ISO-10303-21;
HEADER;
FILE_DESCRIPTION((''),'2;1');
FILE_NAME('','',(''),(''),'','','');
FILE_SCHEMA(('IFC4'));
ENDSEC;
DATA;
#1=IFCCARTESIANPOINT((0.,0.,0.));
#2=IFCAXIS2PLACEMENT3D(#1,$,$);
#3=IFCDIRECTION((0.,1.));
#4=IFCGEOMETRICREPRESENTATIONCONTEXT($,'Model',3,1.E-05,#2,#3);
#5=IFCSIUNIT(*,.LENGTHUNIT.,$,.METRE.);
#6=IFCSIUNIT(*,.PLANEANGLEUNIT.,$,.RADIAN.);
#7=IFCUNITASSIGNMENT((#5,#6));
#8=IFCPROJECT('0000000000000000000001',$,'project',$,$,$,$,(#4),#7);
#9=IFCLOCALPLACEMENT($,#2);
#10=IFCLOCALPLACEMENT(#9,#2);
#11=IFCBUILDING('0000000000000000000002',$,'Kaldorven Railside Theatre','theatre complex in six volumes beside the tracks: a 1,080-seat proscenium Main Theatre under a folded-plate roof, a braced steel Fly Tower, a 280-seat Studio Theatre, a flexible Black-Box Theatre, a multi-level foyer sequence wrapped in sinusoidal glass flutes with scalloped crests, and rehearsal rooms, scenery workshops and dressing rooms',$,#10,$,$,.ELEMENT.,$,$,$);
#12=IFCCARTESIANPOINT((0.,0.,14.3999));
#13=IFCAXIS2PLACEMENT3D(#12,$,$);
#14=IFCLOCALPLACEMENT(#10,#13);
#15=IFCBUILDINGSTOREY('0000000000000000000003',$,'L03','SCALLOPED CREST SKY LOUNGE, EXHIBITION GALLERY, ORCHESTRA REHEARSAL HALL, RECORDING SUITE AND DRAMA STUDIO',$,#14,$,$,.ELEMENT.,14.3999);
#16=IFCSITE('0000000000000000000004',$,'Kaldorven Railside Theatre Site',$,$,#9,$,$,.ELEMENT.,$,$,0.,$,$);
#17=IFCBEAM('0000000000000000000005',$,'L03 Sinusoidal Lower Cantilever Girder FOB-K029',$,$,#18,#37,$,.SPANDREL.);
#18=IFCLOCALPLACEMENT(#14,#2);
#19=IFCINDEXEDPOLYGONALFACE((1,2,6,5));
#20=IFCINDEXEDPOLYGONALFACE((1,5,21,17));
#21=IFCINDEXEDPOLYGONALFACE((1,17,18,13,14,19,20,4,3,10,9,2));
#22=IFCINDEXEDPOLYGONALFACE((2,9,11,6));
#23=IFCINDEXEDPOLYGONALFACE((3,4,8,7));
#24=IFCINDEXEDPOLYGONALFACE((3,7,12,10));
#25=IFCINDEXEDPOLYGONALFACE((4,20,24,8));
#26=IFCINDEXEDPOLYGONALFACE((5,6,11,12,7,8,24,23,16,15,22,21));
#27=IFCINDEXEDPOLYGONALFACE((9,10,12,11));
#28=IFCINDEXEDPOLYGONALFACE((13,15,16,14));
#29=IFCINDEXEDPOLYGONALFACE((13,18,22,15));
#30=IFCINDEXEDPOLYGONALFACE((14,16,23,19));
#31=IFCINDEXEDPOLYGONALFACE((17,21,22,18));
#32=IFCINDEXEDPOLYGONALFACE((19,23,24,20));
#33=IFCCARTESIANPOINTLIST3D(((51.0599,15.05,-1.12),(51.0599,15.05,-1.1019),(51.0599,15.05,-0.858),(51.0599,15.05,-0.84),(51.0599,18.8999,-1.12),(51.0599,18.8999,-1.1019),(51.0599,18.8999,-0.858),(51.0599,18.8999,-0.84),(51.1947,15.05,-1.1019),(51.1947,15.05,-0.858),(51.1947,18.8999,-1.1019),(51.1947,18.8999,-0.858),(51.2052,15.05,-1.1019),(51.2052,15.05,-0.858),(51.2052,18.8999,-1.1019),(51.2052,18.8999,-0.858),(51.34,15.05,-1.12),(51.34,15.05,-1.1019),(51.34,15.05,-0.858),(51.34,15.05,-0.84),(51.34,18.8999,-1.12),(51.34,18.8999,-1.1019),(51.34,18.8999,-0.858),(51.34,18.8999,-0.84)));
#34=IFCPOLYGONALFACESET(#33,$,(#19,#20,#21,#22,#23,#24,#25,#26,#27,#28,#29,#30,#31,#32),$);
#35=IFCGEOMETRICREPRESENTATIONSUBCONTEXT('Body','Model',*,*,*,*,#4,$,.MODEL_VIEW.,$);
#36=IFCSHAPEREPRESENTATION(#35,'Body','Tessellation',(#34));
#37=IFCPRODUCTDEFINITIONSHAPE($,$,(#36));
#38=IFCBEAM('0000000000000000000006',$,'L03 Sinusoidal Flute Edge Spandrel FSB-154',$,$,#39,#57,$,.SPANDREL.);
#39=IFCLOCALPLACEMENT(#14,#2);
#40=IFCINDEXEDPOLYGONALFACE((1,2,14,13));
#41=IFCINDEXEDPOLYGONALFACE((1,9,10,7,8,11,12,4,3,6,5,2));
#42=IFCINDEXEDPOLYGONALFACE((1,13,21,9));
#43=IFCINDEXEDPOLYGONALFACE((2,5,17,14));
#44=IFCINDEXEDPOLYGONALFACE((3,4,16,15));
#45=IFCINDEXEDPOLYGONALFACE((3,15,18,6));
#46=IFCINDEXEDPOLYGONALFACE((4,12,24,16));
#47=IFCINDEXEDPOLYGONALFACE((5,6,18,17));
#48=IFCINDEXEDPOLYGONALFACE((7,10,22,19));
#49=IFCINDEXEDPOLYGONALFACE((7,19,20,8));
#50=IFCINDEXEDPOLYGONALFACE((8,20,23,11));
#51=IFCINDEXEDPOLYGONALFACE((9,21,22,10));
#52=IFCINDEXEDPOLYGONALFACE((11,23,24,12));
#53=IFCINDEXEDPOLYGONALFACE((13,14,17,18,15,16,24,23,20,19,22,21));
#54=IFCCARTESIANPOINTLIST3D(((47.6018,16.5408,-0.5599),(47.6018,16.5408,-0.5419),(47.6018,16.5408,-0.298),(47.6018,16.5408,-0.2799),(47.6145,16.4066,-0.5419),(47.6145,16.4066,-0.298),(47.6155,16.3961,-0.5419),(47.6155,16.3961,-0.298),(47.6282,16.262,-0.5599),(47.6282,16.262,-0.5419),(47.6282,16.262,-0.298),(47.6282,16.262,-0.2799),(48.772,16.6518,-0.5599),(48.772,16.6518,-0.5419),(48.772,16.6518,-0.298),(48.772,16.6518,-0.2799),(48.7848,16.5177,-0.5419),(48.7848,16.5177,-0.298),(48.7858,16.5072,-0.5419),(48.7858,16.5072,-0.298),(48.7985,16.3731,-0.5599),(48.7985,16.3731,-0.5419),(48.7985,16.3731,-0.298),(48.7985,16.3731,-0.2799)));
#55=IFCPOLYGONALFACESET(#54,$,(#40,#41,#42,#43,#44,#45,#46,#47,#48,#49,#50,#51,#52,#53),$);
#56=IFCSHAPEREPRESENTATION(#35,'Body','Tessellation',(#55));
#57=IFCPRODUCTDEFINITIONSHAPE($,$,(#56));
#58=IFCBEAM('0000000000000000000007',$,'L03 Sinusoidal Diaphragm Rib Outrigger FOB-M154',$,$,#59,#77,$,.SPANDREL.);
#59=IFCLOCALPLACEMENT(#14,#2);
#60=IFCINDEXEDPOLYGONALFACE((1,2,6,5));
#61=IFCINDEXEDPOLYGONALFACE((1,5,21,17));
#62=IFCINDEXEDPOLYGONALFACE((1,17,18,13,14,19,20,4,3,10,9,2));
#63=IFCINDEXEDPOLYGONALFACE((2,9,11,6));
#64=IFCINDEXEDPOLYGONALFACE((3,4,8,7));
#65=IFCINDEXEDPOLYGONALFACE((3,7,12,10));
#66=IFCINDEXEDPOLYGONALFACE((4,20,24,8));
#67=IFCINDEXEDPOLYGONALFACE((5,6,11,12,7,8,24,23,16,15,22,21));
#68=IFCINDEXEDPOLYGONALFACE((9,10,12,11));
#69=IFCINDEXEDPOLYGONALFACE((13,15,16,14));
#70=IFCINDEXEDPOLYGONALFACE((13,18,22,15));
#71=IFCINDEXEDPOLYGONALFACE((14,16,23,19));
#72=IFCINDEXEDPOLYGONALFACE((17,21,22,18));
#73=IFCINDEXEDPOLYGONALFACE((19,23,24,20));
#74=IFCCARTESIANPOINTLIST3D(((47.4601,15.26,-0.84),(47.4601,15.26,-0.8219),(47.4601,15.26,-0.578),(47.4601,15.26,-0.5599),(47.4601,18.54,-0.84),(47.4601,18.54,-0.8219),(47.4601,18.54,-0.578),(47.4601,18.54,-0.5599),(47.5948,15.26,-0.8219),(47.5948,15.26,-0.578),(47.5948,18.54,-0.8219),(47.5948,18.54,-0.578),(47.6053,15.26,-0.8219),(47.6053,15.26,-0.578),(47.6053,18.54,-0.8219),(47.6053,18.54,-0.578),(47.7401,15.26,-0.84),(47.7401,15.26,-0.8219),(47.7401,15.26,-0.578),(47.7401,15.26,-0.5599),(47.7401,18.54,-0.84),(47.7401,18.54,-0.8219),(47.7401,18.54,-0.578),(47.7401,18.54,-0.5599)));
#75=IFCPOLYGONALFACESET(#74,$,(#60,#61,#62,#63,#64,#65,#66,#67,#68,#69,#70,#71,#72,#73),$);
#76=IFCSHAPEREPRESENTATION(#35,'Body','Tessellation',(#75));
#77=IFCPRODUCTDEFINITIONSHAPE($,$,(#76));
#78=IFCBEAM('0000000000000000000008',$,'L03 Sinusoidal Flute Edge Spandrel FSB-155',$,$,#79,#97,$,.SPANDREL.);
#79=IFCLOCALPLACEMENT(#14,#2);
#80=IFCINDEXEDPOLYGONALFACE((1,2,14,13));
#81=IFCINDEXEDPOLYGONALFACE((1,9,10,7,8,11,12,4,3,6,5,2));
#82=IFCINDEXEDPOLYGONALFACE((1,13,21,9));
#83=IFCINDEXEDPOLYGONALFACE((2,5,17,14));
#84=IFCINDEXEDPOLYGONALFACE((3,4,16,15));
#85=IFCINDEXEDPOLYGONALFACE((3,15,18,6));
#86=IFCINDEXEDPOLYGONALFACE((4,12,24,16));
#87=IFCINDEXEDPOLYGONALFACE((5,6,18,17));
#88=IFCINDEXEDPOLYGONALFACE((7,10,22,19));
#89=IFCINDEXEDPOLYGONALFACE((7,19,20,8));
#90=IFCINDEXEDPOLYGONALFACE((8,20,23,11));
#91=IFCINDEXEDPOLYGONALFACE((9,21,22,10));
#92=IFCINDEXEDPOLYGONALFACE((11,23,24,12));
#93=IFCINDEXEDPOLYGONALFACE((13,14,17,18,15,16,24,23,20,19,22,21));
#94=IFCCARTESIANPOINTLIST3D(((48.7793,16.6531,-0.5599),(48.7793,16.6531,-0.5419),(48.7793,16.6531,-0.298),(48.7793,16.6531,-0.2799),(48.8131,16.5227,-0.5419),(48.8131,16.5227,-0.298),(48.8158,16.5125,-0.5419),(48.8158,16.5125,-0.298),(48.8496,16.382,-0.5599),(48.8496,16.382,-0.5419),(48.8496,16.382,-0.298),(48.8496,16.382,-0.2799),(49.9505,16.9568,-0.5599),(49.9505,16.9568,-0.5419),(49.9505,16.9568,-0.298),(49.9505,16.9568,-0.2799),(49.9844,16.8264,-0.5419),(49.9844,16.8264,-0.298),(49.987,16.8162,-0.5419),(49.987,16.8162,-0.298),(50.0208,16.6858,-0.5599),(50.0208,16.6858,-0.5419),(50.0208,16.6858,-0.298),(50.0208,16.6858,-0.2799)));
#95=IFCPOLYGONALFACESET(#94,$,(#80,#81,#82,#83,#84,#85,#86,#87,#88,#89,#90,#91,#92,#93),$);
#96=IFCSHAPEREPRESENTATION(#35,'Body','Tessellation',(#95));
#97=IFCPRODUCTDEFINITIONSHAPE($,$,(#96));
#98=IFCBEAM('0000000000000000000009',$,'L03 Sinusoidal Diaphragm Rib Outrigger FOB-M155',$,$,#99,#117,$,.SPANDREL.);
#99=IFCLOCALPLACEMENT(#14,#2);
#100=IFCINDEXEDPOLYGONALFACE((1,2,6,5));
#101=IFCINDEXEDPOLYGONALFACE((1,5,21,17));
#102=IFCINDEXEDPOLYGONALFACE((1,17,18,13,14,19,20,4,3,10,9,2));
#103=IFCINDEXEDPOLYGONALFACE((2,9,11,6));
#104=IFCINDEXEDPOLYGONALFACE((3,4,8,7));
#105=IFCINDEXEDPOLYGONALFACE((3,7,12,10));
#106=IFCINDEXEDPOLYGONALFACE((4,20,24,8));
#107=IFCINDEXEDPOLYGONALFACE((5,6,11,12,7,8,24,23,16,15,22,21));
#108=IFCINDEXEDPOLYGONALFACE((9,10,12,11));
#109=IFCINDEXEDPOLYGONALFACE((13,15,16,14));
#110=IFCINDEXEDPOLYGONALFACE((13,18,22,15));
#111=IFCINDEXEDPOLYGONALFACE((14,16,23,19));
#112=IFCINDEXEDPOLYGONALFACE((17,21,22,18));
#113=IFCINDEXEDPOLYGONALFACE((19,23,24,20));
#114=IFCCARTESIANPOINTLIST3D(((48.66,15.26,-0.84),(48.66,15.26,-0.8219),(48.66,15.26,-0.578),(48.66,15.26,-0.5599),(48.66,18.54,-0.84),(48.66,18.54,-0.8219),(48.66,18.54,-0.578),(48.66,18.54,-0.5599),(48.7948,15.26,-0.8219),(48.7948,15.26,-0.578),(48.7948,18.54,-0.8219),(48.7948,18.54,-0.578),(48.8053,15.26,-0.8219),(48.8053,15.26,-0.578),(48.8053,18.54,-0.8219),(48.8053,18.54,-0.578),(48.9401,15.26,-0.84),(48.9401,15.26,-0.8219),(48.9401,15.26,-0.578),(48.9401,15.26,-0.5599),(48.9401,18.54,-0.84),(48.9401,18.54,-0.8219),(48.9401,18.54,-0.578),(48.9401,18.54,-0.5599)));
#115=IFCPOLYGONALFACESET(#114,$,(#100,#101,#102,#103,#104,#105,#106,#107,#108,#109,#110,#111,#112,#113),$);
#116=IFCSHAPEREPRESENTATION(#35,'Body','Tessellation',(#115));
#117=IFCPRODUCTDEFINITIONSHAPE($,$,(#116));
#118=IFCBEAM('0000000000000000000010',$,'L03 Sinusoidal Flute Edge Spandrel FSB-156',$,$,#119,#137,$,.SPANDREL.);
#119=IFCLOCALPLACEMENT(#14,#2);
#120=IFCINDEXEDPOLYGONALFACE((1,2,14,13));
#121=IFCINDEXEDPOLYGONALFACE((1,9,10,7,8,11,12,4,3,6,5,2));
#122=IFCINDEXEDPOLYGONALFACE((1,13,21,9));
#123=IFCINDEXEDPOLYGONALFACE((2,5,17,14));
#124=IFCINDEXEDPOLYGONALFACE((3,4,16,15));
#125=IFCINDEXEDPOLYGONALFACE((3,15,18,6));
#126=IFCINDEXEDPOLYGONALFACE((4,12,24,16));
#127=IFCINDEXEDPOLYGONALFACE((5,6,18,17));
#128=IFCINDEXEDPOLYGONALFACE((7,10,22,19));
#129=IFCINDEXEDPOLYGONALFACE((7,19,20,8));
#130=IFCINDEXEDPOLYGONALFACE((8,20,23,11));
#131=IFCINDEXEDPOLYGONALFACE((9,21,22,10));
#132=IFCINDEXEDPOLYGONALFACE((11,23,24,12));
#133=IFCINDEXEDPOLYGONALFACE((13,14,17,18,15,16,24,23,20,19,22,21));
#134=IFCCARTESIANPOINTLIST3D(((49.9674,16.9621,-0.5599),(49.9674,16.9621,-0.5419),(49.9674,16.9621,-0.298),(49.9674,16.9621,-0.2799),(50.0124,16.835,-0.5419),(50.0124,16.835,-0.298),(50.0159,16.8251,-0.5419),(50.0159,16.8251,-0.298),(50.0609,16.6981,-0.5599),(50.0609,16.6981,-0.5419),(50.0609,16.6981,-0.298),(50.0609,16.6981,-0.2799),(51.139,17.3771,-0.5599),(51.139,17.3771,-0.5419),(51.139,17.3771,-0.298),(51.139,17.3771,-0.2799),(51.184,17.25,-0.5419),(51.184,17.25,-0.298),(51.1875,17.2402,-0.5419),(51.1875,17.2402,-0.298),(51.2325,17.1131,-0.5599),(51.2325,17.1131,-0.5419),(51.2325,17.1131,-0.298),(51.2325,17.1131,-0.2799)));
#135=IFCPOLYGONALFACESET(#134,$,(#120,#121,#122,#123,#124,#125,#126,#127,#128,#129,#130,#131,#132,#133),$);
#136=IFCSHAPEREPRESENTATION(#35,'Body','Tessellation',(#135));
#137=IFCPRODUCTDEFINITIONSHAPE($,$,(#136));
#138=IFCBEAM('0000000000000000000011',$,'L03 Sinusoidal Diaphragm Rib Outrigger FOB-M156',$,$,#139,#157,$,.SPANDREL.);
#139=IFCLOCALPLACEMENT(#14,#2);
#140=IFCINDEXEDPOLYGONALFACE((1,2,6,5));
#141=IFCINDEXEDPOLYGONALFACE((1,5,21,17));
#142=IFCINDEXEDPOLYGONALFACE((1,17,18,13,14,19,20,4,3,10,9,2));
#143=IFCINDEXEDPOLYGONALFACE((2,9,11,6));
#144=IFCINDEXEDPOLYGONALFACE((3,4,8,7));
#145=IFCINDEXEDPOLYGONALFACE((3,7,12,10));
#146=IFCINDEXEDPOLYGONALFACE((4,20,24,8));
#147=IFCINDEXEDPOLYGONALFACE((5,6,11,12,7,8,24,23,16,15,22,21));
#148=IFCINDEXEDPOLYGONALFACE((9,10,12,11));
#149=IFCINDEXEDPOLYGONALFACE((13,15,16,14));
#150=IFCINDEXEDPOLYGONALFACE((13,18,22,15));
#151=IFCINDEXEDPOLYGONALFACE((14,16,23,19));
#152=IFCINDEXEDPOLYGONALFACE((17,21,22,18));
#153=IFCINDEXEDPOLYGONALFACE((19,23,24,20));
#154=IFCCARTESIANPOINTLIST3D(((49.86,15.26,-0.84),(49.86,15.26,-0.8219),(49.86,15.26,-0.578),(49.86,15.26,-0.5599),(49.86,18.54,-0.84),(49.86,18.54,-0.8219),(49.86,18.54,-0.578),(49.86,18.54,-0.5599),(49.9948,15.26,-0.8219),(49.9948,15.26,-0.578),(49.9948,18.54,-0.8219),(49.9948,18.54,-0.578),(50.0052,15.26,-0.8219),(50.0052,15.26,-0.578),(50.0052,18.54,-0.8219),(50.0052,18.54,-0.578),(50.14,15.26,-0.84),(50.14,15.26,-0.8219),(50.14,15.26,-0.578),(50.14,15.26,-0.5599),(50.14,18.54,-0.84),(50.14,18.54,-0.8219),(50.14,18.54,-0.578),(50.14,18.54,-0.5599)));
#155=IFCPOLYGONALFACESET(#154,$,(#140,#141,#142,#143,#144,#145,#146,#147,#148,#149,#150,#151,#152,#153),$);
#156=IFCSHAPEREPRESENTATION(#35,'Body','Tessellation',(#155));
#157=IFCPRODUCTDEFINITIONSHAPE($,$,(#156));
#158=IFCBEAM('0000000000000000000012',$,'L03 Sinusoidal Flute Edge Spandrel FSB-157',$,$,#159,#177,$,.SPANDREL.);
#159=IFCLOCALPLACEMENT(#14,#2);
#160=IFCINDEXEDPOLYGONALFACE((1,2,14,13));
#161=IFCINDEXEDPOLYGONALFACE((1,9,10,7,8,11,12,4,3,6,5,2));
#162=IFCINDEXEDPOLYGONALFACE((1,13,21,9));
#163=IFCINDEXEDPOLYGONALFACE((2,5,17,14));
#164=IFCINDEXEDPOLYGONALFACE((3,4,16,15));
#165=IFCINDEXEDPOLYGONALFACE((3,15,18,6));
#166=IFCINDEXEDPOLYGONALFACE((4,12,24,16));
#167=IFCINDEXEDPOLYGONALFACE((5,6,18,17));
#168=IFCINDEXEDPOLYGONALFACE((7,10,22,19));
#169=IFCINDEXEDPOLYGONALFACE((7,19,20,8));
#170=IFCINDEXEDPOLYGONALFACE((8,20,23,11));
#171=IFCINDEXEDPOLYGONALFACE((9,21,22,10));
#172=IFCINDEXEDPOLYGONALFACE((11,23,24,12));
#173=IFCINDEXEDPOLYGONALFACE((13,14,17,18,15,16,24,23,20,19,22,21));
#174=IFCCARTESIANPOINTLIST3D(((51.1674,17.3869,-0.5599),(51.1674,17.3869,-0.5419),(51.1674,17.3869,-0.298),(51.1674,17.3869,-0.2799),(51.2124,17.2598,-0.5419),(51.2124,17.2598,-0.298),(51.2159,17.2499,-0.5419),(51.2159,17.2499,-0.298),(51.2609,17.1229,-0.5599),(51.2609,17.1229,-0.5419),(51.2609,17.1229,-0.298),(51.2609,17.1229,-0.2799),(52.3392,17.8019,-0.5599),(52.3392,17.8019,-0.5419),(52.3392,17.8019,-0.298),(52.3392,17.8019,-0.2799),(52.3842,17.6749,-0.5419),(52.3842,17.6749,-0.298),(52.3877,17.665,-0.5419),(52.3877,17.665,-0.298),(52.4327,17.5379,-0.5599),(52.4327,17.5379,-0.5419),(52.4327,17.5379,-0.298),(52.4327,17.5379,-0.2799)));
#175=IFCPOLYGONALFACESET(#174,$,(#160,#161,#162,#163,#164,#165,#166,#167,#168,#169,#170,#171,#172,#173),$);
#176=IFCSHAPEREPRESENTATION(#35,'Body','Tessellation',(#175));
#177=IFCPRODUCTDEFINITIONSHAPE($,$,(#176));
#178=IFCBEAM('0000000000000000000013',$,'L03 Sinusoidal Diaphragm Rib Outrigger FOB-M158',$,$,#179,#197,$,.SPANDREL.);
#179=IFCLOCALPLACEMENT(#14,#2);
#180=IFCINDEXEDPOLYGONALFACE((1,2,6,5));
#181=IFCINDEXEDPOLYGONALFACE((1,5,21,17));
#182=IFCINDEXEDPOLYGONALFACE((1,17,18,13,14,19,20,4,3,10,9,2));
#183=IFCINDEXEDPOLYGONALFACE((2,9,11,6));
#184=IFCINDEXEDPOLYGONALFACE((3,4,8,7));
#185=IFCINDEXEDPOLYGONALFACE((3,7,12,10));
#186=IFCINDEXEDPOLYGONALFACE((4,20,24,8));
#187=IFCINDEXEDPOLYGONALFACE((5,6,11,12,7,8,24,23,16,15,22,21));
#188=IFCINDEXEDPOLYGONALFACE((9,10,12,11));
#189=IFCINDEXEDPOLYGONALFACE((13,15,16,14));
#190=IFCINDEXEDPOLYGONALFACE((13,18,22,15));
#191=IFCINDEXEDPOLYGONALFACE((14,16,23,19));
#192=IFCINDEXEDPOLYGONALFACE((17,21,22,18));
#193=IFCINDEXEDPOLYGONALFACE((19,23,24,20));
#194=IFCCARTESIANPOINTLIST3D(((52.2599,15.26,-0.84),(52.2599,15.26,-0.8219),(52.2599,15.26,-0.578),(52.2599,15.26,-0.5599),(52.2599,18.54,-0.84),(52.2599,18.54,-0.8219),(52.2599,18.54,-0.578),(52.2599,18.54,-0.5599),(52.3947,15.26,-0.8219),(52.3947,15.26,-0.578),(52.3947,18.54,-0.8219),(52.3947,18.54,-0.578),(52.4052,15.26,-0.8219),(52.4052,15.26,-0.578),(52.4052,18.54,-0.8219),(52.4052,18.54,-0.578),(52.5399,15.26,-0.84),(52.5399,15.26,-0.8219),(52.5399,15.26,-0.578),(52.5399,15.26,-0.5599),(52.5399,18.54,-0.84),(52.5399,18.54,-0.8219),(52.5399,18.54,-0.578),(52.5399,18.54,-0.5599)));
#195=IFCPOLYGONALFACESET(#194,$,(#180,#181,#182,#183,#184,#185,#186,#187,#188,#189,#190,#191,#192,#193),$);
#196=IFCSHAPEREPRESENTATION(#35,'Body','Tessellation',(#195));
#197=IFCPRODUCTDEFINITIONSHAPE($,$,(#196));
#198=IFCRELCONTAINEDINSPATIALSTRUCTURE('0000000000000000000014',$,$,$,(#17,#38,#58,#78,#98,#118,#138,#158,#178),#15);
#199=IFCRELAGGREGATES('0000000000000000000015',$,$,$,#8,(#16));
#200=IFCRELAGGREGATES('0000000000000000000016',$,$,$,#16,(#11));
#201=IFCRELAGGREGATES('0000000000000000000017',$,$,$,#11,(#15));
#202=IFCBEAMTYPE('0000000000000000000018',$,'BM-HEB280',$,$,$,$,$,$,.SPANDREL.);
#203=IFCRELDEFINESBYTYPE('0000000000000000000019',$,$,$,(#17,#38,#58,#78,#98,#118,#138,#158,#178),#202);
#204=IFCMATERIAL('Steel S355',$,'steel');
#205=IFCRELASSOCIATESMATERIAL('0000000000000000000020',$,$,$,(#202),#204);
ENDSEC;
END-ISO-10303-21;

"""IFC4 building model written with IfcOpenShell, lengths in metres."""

from ifc_helpers import new_model, si_unit, direction, frame, origin, origin_2d, place, context, subcontext, project, spatial, i_section, extrude, material, material_profile, profile_set, type_object, element, save


model = new_model("IFC4")

# Units and contexts
model_context = context("Model", 3, precision=1e-05, world=origin(), true_north=direction((0.0, 1.0)))
body_context = subcontext(model_context, "Body", "Model", "MODEL_VIEW")
ifc_project = project(units=[si_unit("LENGTHUNIT", "METRE"), si_unit("PLANEANGLEUNIT", "RADIAN")], contexts=[model_context])

# Site, building, storey
site_placement = place(None, origin())
site = spatial("IfcSite", under=ifc_project, at=site_placement, Name="Kaldorven Railside Theatre Site", CompositionType="ELEMENT", RefElevation=0.0)
building_placement = place(site_placement, origin())
building = spatial("IfcBuilding", under=site, at=building_placement, Name="Kaldorven Railside Theatre", Description="theatre complex in six volumes beside the tracks: a 1,080-seat proscenium Main Theatre under a folded-plate roof, a braced steel Fly Tower, a 280-seat Studio Theatre, a flexible Black-Box Theatre, a multi-level foyer sequence wrapped in sinusoidal glass flutes with scalloped crests, and rehearsal rooms, scenery workshops and dressing rooms", CompositionType="ELEMENT")
storey_placement = place(building_placement, frame((0.0, 0.0, 14.3999)))
storey = spatial("IfcBuildingStorey", under=building, at=storey_placement, Name="L03", Description="SCALLOPED CREST SKY LOUNGE, EXHIBITION GALLERY, ORCHESTRA REHEARSAL HALL, RECORDING SUITE AND DRAMA STUDIO", CompositionType="ELEMENT", Elevation=14.3999)

# Beams
ifc_material_1 = material(Name="Steel S355", Category="steel")
ifc_material_profile_1 = material_profile(ifc_material_1, i_section(OverallWidth=0.28, OverallDepth=0.28, WebThickness=0.0105, FlangeThickness=0.0181, at=origin_2d()), Name="HEB 280")
ifc_profile_set_1 = profile_set([ifc_material_profile_1], Name="Steel S355")
beam_type_1 = type_object("IfcBeamType", Name="BM-HEB280", PredefinedType="SPANDREL", material=ifc_profile_set_1)
beam_1_placement = place(storey_placement, frame((51.2, 15.05, -0.98), z_axis=(0.0, 1.0, 0.0), x_axis=(-1.0, 0.0, 0.0)))
element("IfcBeam", 1, at=beam_1_placement, inside=storey, type_object=beam_type_1, Name="L03 Sinusoidal Lower Cantilever Girder FOB-K029", PredefinedType="SPANDREL", context=body_context, shape_type="SweptSolid", body=[
    extrude(i_section(OverallWidth=0.28, OverallDepth=0.28, WebThickness=0.0105, FlangeThickness=0.0181, at=origin_2d()), origin(), (0.0, 0.0, 1.0), 3.8499),
])
beam_2_placement = place(storey_placement, frame((47.615, 16.4014, -0.4199), z_axis=(0.995524, 0.094505, 0.0), x_axis=(-0.094505, 0.995524, 0.0)))
element("IfcBeam", 2, at=beam_2_placement, inside=storey, type_object=beam_type_1, Name="L03 Sinusoidal Flute Edge Spandrel FSB-154", PredefinedType="SPANDREL", context=body_context, shape_type="SweptSolid", body=[
    extrude(i_section(OverallWidth=0.28, OverallDepth=0.28, WebThickness=0.0105, FlangeThickness=0.0181, at=origin_2d()), origin(), (0.0, 0.0, 1.0), 1.1755),
])
beam_3_placement = place(storey_placement, frame((47.6001, 15.26, -0.7), z_axis=(0.0, 1.0, 0.0), x_axis=(-1.0, 0.0, 0.0)))
element("IfcBeam", 3, at=beam_3_placement, inside=storey, type_object=beam_type_1, Name="L03 Sinusoidal Diaphragm Rib Outrigger FOB-M154", PredefinedType="SPANDREL", context=body_context, shape_type="SweptSolid", body=[
    extrude(i_section(OverallWidth=0.28, OverallDepth=0.28, WebThickness=0.0105, FlangeThickness=0.0181, at=origin_2d()), origin(), (0.0, 0.0, 1.0), 3.28),
])
beam_4_placement = place(storey_placement, frame((48.8145, 16.5176, -0.4199), z_axis=(0.967981, 0.251025, 0.0), x_axis=(-0.251025, 0.967981, 0.0)))
element("IfcBeam", 4, at=beam_4_placement, inside=storey, type_object=beam_type_1, Name="L03 Sinusoidal Flute Edge Spandrel FSB-155", PredefinedType="SPANDREL", context=body_context, shape_type="SweptSolid", body=[
    extrude(i_section(OverallWidth=0.28, OverallDepth=0.28, WebThickness=0.0105, FlangeThickness=0.0181, at=origin_2d()), origin(), (0.0, 0.0, 1.0), 1.21),
])
beam_5_placement = place(storey_placement, frame((48.8, 15.26, -0.7), z_axis=(0.0, 1.0, 0.0), x_axis=(-1.0, 0.0, 0.0)))
element("IfcBeam", 5, at=beam_5_placement, inside=storey, type_object=beam_type_1, Name="L03 Sinusoidal Diaphragm Rib Outrigger FOB-M155", PredefinedType="SPANDREL", context=body_context, shape_type="SweptSolid", body=[
    extrude(i_section(OverallWidth=0.28, OverallDepth=0.28, WebThickness=0.0105, FlangeThickness=0.0181, at=origin_2d()), origin(), (0.0, 0.0, 1.0), 3.28),
])
beam_6_placement = place(storey_placement, frame((50.0142, 16.8301, -0.4199), z_axis=(0.942605, 0.333909, 0.0), x_axis=(-0.333909, 0.942605, 0.0)))
element("IfcBeam", 6, at=beam_6_placement, inside=storey, type_object=beam_type_1, Name="L03 Sinusoidal Flute Edge Spandrel FSB-156", PredefinedType="SPANDREL", context=body_context, shape_type="SweptSolid", body=[
    extrude(i_section(OverallWidth=0.28, OverallDepth=0.28, WebThickness=0.0105, FlangeThickness=0.0181, at=origin_2d()), origin(), (0.0, 0.0, 1.0), 1.2429),
])
beam_7_placement = place(storey_placement, frame((50.0, 15.26, -0.7), z_axis=(0.0, 1.0, 0.0), x_axis=(-1.0, 0.0, 0.0)))
element("IfcBeam", 7, at=beam_7_placement, inside=storey, type_object=beam_type_1, Name="L03 Sinusoidal Diaphragm Rib Outrigger FOB-M156", PredefinedType="SPANDREL", context=body_context, shape_type="SweptSolid", body=[
    extrude(i_section(OverallWidth=0.28, OverallDepth=0.28, WebThickness=0.0105, FlangeThickness=0.0181, at=origin_2d()), origin(), (0.0, 0.0, 1.0), 3.28),
])
beam_8_placement = place(storey_placement, frame((51.2141, 17.2549, -0.4199), z_axis=(0.942627, 0.333847, 0.0), x_axis=(-0.333847, 0.942627, 0.0)))
element("IfcBeam", 8, at=beam_8_placement, inside=storey, type_object=beam_type_1, Name="L03 Sinusoidal Flute Edge Spandrel FSB-157", PredefinedType="SPANDREL", context=body_context, shape_type="SweptSolid", body=[
    extrude(i_section(OverallWidth=0.28, OverallDepth=0.28, WebThickness=0.0105, FlangeThickness=0.0181, at=origin_2d()), origin(), (0.0, 0.0, 1.0), 1.2432),
])
beam_9_placement = place(storey_placement, frame((52.3999, 15.26, -0.7), z_axis=(0.0, 1.0, 0.0), x_axis=(-1.0, 0.0, 0.0)))
element("IfcBeam", 9, at=beam_9_placement, inside=storey, type_object=beam_type_1, Name="L03 Sinusoidal Diaphragm Rib Outrigger FOB-M158", PredefinedType="SPANDREL", context=body_context, shape_type="SweptSolid", body=[
    extrude(i_section(OverallWidth=0.28, OverallDepth=0.28, WebThickness=0.0105, FlangeThickness=0.0181, at=origin_2d()), origin(), (0.0, 0.0, 1.0), 3.28),
])

save(model, "model.ifc")
